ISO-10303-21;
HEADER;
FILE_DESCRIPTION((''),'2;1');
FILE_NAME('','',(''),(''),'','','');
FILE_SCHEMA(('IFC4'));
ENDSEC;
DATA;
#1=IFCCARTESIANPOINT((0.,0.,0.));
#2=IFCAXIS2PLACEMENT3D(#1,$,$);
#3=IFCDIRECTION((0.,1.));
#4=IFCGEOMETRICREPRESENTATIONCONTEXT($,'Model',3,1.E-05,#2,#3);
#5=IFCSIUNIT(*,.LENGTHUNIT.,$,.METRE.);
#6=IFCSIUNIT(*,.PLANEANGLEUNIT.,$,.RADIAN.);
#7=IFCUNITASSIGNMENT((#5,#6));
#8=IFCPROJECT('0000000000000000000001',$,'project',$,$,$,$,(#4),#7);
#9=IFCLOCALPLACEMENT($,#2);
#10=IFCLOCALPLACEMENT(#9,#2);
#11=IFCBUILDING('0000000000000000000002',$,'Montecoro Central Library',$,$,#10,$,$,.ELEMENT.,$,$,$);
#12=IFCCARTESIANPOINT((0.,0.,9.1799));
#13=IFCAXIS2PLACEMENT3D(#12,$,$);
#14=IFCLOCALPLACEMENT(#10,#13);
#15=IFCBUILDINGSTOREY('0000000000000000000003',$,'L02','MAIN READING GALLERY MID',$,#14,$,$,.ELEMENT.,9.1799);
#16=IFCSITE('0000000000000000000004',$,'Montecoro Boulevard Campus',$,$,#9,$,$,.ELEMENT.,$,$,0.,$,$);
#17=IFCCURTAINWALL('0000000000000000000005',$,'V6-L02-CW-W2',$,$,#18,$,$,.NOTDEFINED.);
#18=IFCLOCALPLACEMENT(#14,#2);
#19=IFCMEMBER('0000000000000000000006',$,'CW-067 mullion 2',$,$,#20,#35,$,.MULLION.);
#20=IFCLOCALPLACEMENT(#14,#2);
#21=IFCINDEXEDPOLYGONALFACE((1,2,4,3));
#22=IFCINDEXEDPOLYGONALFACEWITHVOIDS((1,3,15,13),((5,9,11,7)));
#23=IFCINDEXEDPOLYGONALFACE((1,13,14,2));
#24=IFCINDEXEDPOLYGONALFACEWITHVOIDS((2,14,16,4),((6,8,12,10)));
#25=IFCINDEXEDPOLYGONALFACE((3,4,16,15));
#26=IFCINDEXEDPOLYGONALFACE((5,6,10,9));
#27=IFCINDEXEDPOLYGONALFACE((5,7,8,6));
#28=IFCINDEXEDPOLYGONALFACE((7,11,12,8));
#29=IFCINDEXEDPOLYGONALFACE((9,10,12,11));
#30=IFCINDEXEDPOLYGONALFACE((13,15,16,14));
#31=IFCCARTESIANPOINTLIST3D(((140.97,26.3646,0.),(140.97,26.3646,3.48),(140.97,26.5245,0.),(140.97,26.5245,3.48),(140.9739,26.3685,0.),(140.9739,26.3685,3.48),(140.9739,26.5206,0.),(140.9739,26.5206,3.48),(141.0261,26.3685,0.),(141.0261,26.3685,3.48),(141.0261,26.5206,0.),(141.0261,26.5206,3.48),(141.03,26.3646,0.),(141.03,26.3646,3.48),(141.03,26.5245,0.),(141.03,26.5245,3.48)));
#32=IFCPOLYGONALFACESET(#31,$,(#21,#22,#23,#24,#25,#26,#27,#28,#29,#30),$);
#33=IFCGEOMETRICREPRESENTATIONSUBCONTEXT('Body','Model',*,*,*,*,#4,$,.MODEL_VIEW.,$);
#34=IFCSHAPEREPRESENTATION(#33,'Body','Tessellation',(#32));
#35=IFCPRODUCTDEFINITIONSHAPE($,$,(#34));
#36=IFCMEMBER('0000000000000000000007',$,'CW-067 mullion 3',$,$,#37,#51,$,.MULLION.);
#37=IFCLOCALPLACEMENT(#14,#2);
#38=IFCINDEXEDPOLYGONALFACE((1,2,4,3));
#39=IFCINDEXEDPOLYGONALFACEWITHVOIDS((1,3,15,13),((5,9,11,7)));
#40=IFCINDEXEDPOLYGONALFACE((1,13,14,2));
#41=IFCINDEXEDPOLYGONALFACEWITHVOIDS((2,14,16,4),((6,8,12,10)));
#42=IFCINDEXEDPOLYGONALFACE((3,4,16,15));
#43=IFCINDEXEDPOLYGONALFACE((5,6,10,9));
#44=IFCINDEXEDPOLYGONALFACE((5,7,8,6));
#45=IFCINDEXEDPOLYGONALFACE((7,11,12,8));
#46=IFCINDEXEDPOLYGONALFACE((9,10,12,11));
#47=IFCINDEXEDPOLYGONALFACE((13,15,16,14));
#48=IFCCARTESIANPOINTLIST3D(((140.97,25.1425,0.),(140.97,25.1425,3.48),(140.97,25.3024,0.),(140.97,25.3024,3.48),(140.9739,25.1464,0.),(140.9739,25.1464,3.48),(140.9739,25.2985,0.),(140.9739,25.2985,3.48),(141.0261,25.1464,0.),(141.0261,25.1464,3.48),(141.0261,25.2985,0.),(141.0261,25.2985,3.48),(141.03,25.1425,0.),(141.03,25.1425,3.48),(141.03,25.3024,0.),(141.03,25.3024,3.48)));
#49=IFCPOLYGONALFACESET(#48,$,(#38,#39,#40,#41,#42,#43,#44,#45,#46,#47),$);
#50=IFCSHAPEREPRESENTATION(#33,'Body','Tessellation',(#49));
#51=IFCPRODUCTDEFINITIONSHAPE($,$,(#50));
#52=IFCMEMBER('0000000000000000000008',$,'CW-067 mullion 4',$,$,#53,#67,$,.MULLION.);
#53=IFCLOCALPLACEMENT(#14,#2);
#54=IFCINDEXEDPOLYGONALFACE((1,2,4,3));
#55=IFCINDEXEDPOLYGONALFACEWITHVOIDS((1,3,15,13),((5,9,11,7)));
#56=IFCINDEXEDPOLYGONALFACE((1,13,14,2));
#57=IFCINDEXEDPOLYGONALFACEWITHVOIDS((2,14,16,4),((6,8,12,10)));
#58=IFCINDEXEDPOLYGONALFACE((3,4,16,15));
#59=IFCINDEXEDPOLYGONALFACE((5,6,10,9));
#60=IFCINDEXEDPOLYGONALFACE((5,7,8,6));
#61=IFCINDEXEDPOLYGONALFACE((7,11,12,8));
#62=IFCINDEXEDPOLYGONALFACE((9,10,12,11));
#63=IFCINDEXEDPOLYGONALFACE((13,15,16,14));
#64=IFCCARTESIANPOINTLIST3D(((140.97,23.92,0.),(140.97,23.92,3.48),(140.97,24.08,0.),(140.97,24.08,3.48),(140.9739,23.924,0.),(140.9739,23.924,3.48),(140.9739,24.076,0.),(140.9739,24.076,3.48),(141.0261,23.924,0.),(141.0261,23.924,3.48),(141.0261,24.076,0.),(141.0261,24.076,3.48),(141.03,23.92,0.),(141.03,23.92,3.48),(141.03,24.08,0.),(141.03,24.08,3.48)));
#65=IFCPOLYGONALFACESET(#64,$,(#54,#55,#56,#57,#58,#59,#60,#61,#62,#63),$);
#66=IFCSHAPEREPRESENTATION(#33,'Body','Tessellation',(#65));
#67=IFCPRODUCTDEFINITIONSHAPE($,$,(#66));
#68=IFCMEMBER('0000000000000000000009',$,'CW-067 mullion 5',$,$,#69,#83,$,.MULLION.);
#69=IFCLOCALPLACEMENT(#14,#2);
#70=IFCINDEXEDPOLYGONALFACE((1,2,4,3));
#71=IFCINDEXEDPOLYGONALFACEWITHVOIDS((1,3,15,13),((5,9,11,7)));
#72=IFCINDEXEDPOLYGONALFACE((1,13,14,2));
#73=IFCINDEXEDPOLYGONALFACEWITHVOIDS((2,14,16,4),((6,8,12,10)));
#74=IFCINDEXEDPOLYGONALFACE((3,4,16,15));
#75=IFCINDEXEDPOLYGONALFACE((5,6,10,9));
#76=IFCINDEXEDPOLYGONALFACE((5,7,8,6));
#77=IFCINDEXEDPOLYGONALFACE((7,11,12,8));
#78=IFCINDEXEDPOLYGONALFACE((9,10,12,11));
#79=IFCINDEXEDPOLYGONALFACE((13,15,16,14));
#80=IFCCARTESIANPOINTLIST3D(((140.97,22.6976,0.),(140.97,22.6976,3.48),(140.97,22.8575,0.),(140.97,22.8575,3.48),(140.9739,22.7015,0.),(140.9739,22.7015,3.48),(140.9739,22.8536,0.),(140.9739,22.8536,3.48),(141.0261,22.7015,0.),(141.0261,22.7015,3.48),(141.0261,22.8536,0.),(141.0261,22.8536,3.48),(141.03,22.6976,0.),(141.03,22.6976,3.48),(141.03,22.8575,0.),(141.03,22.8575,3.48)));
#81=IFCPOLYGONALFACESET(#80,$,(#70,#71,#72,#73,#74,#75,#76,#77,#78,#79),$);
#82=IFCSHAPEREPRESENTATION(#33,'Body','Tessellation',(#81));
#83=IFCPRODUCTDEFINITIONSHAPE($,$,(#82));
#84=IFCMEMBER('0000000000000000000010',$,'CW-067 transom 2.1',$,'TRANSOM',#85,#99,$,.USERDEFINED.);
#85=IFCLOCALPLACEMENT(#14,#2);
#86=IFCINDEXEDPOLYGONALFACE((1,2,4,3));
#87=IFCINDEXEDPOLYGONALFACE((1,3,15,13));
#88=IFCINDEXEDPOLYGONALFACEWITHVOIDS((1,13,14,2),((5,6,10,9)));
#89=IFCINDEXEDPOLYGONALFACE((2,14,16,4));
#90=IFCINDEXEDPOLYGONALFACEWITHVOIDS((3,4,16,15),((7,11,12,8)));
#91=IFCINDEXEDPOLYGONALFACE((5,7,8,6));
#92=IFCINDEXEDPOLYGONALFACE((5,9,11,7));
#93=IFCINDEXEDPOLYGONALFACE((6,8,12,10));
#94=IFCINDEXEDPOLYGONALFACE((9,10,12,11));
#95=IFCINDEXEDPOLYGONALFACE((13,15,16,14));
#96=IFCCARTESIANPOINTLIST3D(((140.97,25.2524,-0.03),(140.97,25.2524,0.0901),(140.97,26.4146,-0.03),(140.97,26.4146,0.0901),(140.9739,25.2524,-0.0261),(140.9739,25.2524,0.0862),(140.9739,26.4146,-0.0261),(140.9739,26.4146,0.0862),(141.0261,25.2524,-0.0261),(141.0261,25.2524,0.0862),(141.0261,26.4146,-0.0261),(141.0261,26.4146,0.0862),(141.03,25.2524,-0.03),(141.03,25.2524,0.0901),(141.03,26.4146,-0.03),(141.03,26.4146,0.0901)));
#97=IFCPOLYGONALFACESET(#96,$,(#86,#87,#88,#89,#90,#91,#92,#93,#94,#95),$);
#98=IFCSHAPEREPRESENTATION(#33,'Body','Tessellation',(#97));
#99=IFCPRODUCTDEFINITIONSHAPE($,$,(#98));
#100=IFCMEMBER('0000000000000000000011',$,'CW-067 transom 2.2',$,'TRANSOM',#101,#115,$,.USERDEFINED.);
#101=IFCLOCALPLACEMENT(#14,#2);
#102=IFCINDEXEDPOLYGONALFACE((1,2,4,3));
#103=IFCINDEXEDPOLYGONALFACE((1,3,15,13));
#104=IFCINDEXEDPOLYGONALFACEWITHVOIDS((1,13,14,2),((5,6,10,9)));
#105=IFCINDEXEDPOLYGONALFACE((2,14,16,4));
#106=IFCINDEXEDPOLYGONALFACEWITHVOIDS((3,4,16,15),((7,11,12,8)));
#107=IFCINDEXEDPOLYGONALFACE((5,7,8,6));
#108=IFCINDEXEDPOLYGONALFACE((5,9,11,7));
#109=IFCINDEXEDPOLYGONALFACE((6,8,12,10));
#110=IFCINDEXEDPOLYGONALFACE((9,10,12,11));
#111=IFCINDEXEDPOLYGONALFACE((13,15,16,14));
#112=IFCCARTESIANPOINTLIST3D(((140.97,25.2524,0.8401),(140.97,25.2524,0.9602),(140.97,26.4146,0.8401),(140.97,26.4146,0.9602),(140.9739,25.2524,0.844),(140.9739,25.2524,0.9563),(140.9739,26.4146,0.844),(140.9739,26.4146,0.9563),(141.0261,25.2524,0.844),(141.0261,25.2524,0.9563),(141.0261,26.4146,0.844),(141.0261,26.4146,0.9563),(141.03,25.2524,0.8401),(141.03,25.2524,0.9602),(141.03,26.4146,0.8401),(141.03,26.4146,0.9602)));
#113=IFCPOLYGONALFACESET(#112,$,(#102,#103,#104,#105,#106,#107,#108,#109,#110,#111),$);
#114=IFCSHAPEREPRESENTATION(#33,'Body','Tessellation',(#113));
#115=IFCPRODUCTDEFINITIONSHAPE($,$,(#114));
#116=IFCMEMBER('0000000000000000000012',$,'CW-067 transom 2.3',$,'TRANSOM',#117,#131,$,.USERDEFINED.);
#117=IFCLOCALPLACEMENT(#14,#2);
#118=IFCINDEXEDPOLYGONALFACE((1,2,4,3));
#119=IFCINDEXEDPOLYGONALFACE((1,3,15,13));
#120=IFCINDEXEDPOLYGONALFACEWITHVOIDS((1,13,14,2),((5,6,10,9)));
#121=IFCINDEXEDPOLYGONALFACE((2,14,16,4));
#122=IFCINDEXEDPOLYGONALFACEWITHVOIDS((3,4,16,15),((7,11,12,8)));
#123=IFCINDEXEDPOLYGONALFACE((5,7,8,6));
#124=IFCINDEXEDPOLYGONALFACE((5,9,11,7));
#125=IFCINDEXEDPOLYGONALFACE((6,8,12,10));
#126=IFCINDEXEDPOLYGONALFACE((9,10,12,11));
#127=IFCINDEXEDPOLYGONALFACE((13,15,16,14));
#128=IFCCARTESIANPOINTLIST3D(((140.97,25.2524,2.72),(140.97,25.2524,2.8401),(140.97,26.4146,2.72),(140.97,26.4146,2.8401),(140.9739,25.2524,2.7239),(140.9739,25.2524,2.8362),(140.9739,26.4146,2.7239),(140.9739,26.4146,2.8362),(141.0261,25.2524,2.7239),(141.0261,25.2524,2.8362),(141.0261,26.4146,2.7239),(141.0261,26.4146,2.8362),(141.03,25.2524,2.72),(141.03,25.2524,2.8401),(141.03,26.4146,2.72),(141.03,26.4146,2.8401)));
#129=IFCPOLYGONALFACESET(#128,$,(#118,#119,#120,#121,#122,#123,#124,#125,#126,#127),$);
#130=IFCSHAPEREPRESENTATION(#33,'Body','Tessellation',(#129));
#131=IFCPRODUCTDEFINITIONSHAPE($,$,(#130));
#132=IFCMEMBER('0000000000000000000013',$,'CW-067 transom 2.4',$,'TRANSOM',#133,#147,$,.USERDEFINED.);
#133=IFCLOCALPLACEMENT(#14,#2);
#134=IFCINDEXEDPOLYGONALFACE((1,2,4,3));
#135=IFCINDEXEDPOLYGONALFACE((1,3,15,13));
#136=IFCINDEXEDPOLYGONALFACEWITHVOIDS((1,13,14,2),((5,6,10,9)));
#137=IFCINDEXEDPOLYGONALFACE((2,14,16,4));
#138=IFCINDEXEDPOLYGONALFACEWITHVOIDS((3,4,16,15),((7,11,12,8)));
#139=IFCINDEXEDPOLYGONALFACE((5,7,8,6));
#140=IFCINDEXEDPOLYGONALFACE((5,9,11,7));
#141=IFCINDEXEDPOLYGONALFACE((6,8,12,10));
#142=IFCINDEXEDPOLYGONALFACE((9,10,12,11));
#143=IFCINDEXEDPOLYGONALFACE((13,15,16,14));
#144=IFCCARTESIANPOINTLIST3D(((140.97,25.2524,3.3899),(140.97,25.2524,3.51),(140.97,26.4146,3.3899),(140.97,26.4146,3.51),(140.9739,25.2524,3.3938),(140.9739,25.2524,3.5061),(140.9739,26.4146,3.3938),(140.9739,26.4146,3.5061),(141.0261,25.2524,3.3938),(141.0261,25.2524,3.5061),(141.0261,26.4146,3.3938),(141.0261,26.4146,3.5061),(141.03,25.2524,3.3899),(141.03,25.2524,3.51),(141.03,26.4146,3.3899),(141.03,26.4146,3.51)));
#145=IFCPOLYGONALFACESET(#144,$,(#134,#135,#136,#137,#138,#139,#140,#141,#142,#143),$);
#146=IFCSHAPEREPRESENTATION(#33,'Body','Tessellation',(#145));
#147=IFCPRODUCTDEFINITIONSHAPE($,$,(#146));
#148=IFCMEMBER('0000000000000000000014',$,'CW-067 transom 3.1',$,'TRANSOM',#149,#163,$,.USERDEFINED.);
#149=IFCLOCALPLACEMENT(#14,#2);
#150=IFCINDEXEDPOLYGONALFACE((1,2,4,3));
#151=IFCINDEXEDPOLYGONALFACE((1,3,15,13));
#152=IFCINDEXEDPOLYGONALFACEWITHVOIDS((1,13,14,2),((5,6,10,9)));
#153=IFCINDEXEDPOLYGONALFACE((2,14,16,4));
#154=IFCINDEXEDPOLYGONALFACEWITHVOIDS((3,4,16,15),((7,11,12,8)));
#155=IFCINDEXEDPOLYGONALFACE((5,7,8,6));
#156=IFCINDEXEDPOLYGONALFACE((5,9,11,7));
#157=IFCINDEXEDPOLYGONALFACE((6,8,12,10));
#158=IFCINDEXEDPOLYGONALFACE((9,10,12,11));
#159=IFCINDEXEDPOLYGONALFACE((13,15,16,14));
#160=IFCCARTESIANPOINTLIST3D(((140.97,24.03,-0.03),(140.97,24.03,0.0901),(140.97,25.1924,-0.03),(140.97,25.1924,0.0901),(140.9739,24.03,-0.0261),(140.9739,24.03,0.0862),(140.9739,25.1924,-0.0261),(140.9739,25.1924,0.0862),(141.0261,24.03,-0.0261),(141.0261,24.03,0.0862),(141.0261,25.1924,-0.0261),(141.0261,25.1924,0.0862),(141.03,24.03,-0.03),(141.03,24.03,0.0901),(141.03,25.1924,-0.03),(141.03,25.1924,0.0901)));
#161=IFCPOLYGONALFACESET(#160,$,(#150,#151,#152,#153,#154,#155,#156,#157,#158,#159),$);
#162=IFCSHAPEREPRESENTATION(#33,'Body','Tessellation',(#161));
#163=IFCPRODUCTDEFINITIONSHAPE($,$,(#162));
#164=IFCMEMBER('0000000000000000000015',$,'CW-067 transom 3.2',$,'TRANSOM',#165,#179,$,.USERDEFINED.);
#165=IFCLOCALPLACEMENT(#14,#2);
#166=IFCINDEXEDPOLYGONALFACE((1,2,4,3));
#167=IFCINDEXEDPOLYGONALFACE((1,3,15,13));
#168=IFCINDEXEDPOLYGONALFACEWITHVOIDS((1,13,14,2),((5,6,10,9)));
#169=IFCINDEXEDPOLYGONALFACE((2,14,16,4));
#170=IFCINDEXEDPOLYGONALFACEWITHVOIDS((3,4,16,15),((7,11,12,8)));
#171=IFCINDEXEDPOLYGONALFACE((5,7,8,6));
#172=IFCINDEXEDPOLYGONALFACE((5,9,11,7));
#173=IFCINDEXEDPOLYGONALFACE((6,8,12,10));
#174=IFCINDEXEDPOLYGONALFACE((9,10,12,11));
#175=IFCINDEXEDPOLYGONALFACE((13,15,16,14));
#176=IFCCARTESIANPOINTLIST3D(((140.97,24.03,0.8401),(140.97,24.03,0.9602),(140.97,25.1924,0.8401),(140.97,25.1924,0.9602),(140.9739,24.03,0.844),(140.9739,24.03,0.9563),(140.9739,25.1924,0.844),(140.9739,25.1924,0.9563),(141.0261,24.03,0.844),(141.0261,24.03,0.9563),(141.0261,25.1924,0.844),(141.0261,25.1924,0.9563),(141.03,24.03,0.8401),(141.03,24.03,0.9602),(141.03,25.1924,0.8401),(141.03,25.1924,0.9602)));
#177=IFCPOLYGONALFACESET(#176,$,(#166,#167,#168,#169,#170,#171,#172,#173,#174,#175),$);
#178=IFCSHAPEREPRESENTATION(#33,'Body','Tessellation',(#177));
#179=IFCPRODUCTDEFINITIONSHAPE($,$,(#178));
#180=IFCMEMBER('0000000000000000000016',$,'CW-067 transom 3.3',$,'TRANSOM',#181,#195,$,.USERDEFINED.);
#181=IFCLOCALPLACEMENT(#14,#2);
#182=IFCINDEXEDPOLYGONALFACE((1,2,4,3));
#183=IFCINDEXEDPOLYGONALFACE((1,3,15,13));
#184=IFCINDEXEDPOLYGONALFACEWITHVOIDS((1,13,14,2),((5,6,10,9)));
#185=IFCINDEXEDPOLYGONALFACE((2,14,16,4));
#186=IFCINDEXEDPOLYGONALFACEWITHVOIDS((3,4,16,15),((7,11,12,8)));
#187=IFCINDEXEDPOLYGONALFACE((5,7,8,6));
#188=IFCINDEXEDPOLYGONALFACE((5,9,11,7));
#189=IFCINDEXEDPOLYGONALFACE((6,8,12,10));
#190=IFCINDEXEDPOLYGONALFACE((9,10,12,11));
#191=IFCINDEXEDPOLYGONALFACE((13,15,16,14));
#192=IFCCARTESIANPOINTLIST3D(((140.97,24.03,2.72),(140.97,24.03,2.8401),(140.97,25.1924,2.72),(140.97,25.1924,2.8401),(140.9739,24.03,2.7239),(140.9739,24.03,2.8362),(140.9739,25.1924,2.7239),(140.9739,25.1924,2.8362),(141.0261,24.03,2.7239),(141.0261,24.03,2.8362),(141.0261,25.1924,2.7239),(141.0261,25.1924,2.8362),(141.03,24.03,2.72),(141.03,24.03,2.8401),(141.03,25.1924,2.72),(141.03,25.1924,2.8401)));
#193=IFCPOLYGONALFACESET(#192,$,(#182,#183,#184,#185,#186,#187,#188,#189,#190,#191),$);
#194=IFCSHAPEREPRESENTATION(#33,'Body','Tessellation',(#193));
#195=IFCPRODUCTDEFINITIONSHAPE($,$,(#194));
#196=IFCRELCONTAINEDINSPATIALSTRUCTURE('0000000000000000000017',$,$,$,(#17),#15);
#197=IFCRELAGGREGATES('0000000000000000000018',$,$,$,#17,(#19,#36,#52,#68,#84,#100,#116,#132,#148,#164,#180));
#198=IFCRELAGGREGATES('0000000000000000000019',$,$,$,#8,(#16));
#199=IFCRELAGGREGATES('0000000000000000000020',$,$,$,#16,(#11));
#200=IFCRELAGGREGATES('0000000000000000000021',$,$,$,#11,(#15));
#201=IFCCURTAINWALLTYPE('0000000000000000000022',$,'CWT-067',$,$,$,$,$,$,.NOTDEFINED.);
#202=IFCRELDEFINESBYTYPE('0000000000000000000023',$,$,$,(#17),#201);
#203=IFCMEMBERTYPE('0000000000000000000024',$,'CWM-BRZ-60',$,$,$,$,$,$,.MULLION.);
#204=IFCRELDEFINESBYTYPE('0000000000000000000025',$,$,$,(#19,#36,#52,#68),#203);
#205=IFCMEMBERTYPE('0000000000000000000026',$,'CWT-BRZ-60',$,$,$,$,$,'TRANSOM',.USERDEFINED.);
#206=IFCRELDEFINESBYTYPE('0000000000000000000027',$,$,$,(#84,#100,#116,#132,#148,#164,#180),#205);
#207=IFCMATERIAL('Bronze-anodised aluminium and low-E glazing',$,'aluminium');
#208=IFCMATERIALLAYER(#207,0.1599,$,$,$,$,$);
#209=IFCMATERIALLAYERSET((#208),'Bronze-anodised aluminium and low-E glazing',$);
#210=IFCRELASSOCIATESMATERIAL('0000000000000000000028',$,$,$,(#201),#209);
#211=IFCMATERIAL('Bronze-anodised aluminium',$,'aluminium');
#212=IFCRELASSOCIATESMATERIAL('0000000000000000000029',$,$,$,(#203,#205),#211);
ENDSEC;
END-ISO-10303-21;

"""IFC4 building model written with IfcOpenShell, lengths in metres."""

from ifc_helpers import new_model, si_unit, direction, frame, origin, origin_2d, place, context, subcontext, project, spatial, hollow_rectangle, extrude, material, layer, layer_set, material_profile, profile_set, type_object, element, aggregate, save


model = new_model("IFC4")

# Units and contexts
model_context = context("Model", 3, precision=1e-05, world=origin(), true_north=direction((0.0, 1.0)))
body_context = subcontext(model_context, "Body", "Model", "MODEL_VIEW")
ifc_project = project(units=[si_unit("LENGTHUNIT", "METRE"), si_unit("PLANEANGLEUNIT", "RADIAN")], contexts=[model_context])

# Site, building, storey
site_placement = place(None, origin())
site = spatial("IfcSite", under=ifc_project, at=site_placement, Name="Montecoro Boulevard Campus", CompositionType="ELEMENT", RefElevation=0.0)
building_placement = place(site_placement, origin())
building = spatial("IfcBuilding", under=site, at=building_placement, Name="Montecoro Central Library", CompositionType="ELEMENT")
storey_placement = place(building_placement, frame((0.0, 0.0, 9.1799)))
storey = spatial("IfcBuildingStorey", under=building, at=storey_placement, Name="L02", Description="MAIN READING GALLERY MID", CompositionType="ELEMENT", Elevation=9.1799)

# Curtain wall, members
ifc_material_1 = material(Name="Bronze-anodised aluminium and low-E glazing", Category="aluminium")
ifc_layer_1 = layer(ifc_material_1, 0.1599)
ifc_layer_set_1 = layer_set([ifc_layer_1], Name="Bronze-anodised aluminium and low-E glazing")
curtain_wall_type = type_object("IfcCurtainWallType", Name="CWT-067", PredefinedType="NOTDEFINED", material=ifc_layer_set_1)
curtain_wall_placement = place(storey_placement, origin())
curtain_wall = element("IfcCurtainWall", 1, at=curtain_wall_placement, inside=storey, type_object=curtain_wall_type, Name="V6-L02-CW-W2", PredefinedType="NOTDEFINED")
ifc_material_2 = material(Name="Bronze-anodised aluminium", Category="aluminium")
ifc_material_profile_1 = material_profile(ifc_material_2, hollow_rectangle(XDim=0.0601, YDim=0.1599, WallThickness=0.0039, at=origin_2d()), Name="CWM 160x60x4.0")
ifc_profile_set_1 = profile_set([ifc_material_profile_1], Name="Bronze-anodised aluminium")
member_type_1 = type_object("IfcMemberType", Name="CWM-BRZ-60", PredefinedType="MULLION", material=ifc_profile_set_1)
member_1_placement = place(storey_placement, frame((141.0, 26.4446, 0.0), z_axis=(0.0, 0.0, 1.0), x_axis=(1.0, 0.0, 0.0)))
member_1 = element("IfcMember", 2, at=member_1_placement, type_object=member_type_1, Name="CW-067 mullion 2", PredefinedType="MULLION", context=body_context, shape_type="SweptSolid", body=[
    extrude(hollow_rectangle(XDim=0.0601, YDim=0.1599, WallThickness=0.0039, at=origin_2d()), origin(), (0.0, 0.0, 1.0), 3.48),
])
member_2_placement = place(storey_placement, frame((141.0, 25.2224, 0.0), z_axis=(0.0, 0.0, 1.0), x_axis=(1.0, 0.0, 0.0)))
member_2 = element("IfcMember", 3, at=member_2_placement, type_object=member_type_1, Name="CW-067 mullion 3", PredefinedType="MULLION", context=body_context, shape_type="SweptSolid", body=[
    extrude(hollow_rectangle(XDim=0.0601, YDim=0.1599, WallThickness=0.0039, at=origin_2d()), origin(), (0.0, 0.0, 1.0), 3.48),
])
member_3_placement = place(storey_placement, frame((141.0, 24.0, 0.0), z_axis=(0.0, 0.0, 1.0), x_axis=(1.0, 0.0, 0.0)))
member_3 = element("IfcMember", 4, at=member_3_placement, type_object=member_type_1, Name="CW-067 mullion 4", PredefinedType="MULLION", context=body_context, shape_type="SweptSolid", body=[
    extrude(hollow_rectangle(XDim=0.0601, YDim=0.1599, WallThickness=0.0039, at=origin_2d()), origin(), (0.0, 0.0, 1.0), 3.48),
])
member_4_placement = place(storey_placement, frame((141.0, 22.7776, 0.0), z_axis=(0.0, 0.0, 1.0), x_axis=(1.0, 0.0, 0.0)))
member_4 = element("IfcMember", 5, at=member_4_placement, type_object=member_type_1, Name="CW-067 mullion 5", PredefinedType="MULLION", context=body_context, shape_type="SweptSolid", body=[
    extrude(hollow_rectangle(XDim=0.0601, YDim=0.1599, WallThickness=0.0039, at=origin_2d()), origin(), (0.0, 0.0, 1.0), 3.48),
])
ifc_material_profile_2 = material_profile(ifc_material_2, hollow_rectangle(XDim=0.0601, YDim=0.1201, WallThickness=0.0039, at=origin_2d()), Name="CWT 120x60x4.0")
ifc_profile_set_2 = profile_set([ifc_material_profile_2], Name="Bronze-anodised aluminium")
member_type_2 = type_object("IfcMemberType", Name="CWT-BRZ-60", ElementType="TRANSOM", PredefinedType="USERDEFINED", material=ifc_profile_set_2)
member_5_placement = place(storey_placement, frame((141.0, 26.4146, 0.03), z_axis=(0.0, -1.0, 0.0), x_axis=(1.0, 0.0, 0.0)))
member_5 = element("IfcMember", 6, at=member_5_placement, type_object=member_type_2, Name="CW-067 transom 2.1", ObjectType="TRANSOM", PredefinedType="USERDEFINED", context=body_context, shape_type="SweptSolid", body=[
    extrude(hollow_rectangle(XDim=0.0601, YDim=0.1201, WallThickness=0.0039, at=origin_2d()), origin(), (0.0, 0.0, 1.0), 1.1621),
])
member_6_placement = place(storey_placement, frame((141.0, 26.4146, 0.9001), z_axis=(0.0, -1.0, 0.0), x_axis=(1.0, 0.0, 0.0)))
member_6 = element("IfcMember", 7, at=member_6_placement, type_object=member_type_2, Name="CW-067 transom 2.2", ObjectType="TRANSOM", PredefinedType="USERDEFINED", context=body_context, shape_type="SweptSolid", body=[
    extrude(hollow_rectangle(XDim=0.0601, YDim=0.1201, WallThickness=0.0039, at=origin_2d()), origin(), (0.0, 0.0, 1.0), 1.1621),
])
member_7_placement = place(storey_placement, frame((141.0, 26.4146, 2.78), z_axis=(0.0, -1.0, 0.0), x_axis=(1.0, 0.0, 0.0)))
member_7 = element("IfcMember", 8, at=member_7_placement, type_object=member_type_2, Name="CW-067 transom 2.3", ObjectType="TRANSOM", PredefinedType="USERDEFINED", context=body_context, shape_type="SweptSolid", body=[
    extrude(hollow_rectangle(XDim=0.0601, YDim=0.1201, WallThickness=0.0039, at=origin_2d()), origin(), (0.0, 0.0, 1.0), 1.1621),
])
member_8_placement = place(storey_placement, frame((141.0, 26.4146, 3.45), z_axis=(0.0, -1.0, 0.0), x_axis=(1.0, 0.0, 0.0)))
member_8 = element("IfcMember", 9, at=member_8_placement, type_object=member_type_2, Name="CW-067 transom 2.4", ObjectType="TRANSOM", PredefinedType="USERDEFINED", context=body_context, shape_type="SweptSolid", body=[
    extrude(hollow_rectangle(XDim=0.0601, YDim=0.1201, WallThickness=0.0039, at=origin_2d()), origin(), (0.0, 0.0, 1.0), 1.1621),
])
member_9_placement = place(storey_placement, frame((141.0, 25.1924, 0.03), z_axis=(0.0, -1.0, 0.0), x_axis=(1.0, 0.0, 0.0)))
member_9 = element("IfcMember", 10, at=member_9_placement, type_object=member_type_2, Name="CW-067 transom 3.1", ObjectType="TRANSOM", PredefinedType="USERDEFINED", context=body_context, shape_type="SweptSolid", body=[
    extrude(hollow_rectangle(XDim=0.0601, YDim=0.1201, WallThickness=0.0039, at=origin_2d()), origin(), (0.0, 0.0, 1.0), 1.1624),
])
member_10_placement = place(storey_placement, frame((141.0, 25.1924, 0.9001), z_axis=(0.0, -1.0, 0.0), x_axis=(1.0, 0.0, 0.0)))
member_10 = element("IfcMember", 11, at=member_10_placement, type_object=member_type_2, Name="CW-067 transom 3.2", ObjectType="TRANSOM", PredefinedType="USERDEFINED", context=body_context, shape_type="SweptSolid", body=[
    extrude(hollow_rectangle(XDim=0.0601, YDim=0.1201, WallThickness=0.0039, at=origin_2d()), origin(), (0.0, 0.0, 1.0), 1.1624),
])
member_11_placement = place(storey_placement, frame((141.0, 25.1924, 2.78), z_axis=(0.0, -1.0, 0.0), x_axis=(1.0, 0.0, 0.0)))
member_11 = element("IfcMember", 12, at=member_11_placement, type_object=member_type_2, Name="CW-067 transom 3.3", ObjectType="TRANSOM", PredefinedType="USERDEFINED", context=body_context, shape_type="SweptSolid", body=[
    extrude(hollow_rectangle(XDim=0.0601, YDim=0.1201, WallThickness=0.0039, at=origin_2d()), origin(), (0.0, 0.0, 1.0), 1.1624),
])
aggregate(curtain_wall, [member_1, member_2, member_3, member_4, member_5, member_6, member_7, member_8, member_9, member_10, member_11])

save(model, "model.ifc")
